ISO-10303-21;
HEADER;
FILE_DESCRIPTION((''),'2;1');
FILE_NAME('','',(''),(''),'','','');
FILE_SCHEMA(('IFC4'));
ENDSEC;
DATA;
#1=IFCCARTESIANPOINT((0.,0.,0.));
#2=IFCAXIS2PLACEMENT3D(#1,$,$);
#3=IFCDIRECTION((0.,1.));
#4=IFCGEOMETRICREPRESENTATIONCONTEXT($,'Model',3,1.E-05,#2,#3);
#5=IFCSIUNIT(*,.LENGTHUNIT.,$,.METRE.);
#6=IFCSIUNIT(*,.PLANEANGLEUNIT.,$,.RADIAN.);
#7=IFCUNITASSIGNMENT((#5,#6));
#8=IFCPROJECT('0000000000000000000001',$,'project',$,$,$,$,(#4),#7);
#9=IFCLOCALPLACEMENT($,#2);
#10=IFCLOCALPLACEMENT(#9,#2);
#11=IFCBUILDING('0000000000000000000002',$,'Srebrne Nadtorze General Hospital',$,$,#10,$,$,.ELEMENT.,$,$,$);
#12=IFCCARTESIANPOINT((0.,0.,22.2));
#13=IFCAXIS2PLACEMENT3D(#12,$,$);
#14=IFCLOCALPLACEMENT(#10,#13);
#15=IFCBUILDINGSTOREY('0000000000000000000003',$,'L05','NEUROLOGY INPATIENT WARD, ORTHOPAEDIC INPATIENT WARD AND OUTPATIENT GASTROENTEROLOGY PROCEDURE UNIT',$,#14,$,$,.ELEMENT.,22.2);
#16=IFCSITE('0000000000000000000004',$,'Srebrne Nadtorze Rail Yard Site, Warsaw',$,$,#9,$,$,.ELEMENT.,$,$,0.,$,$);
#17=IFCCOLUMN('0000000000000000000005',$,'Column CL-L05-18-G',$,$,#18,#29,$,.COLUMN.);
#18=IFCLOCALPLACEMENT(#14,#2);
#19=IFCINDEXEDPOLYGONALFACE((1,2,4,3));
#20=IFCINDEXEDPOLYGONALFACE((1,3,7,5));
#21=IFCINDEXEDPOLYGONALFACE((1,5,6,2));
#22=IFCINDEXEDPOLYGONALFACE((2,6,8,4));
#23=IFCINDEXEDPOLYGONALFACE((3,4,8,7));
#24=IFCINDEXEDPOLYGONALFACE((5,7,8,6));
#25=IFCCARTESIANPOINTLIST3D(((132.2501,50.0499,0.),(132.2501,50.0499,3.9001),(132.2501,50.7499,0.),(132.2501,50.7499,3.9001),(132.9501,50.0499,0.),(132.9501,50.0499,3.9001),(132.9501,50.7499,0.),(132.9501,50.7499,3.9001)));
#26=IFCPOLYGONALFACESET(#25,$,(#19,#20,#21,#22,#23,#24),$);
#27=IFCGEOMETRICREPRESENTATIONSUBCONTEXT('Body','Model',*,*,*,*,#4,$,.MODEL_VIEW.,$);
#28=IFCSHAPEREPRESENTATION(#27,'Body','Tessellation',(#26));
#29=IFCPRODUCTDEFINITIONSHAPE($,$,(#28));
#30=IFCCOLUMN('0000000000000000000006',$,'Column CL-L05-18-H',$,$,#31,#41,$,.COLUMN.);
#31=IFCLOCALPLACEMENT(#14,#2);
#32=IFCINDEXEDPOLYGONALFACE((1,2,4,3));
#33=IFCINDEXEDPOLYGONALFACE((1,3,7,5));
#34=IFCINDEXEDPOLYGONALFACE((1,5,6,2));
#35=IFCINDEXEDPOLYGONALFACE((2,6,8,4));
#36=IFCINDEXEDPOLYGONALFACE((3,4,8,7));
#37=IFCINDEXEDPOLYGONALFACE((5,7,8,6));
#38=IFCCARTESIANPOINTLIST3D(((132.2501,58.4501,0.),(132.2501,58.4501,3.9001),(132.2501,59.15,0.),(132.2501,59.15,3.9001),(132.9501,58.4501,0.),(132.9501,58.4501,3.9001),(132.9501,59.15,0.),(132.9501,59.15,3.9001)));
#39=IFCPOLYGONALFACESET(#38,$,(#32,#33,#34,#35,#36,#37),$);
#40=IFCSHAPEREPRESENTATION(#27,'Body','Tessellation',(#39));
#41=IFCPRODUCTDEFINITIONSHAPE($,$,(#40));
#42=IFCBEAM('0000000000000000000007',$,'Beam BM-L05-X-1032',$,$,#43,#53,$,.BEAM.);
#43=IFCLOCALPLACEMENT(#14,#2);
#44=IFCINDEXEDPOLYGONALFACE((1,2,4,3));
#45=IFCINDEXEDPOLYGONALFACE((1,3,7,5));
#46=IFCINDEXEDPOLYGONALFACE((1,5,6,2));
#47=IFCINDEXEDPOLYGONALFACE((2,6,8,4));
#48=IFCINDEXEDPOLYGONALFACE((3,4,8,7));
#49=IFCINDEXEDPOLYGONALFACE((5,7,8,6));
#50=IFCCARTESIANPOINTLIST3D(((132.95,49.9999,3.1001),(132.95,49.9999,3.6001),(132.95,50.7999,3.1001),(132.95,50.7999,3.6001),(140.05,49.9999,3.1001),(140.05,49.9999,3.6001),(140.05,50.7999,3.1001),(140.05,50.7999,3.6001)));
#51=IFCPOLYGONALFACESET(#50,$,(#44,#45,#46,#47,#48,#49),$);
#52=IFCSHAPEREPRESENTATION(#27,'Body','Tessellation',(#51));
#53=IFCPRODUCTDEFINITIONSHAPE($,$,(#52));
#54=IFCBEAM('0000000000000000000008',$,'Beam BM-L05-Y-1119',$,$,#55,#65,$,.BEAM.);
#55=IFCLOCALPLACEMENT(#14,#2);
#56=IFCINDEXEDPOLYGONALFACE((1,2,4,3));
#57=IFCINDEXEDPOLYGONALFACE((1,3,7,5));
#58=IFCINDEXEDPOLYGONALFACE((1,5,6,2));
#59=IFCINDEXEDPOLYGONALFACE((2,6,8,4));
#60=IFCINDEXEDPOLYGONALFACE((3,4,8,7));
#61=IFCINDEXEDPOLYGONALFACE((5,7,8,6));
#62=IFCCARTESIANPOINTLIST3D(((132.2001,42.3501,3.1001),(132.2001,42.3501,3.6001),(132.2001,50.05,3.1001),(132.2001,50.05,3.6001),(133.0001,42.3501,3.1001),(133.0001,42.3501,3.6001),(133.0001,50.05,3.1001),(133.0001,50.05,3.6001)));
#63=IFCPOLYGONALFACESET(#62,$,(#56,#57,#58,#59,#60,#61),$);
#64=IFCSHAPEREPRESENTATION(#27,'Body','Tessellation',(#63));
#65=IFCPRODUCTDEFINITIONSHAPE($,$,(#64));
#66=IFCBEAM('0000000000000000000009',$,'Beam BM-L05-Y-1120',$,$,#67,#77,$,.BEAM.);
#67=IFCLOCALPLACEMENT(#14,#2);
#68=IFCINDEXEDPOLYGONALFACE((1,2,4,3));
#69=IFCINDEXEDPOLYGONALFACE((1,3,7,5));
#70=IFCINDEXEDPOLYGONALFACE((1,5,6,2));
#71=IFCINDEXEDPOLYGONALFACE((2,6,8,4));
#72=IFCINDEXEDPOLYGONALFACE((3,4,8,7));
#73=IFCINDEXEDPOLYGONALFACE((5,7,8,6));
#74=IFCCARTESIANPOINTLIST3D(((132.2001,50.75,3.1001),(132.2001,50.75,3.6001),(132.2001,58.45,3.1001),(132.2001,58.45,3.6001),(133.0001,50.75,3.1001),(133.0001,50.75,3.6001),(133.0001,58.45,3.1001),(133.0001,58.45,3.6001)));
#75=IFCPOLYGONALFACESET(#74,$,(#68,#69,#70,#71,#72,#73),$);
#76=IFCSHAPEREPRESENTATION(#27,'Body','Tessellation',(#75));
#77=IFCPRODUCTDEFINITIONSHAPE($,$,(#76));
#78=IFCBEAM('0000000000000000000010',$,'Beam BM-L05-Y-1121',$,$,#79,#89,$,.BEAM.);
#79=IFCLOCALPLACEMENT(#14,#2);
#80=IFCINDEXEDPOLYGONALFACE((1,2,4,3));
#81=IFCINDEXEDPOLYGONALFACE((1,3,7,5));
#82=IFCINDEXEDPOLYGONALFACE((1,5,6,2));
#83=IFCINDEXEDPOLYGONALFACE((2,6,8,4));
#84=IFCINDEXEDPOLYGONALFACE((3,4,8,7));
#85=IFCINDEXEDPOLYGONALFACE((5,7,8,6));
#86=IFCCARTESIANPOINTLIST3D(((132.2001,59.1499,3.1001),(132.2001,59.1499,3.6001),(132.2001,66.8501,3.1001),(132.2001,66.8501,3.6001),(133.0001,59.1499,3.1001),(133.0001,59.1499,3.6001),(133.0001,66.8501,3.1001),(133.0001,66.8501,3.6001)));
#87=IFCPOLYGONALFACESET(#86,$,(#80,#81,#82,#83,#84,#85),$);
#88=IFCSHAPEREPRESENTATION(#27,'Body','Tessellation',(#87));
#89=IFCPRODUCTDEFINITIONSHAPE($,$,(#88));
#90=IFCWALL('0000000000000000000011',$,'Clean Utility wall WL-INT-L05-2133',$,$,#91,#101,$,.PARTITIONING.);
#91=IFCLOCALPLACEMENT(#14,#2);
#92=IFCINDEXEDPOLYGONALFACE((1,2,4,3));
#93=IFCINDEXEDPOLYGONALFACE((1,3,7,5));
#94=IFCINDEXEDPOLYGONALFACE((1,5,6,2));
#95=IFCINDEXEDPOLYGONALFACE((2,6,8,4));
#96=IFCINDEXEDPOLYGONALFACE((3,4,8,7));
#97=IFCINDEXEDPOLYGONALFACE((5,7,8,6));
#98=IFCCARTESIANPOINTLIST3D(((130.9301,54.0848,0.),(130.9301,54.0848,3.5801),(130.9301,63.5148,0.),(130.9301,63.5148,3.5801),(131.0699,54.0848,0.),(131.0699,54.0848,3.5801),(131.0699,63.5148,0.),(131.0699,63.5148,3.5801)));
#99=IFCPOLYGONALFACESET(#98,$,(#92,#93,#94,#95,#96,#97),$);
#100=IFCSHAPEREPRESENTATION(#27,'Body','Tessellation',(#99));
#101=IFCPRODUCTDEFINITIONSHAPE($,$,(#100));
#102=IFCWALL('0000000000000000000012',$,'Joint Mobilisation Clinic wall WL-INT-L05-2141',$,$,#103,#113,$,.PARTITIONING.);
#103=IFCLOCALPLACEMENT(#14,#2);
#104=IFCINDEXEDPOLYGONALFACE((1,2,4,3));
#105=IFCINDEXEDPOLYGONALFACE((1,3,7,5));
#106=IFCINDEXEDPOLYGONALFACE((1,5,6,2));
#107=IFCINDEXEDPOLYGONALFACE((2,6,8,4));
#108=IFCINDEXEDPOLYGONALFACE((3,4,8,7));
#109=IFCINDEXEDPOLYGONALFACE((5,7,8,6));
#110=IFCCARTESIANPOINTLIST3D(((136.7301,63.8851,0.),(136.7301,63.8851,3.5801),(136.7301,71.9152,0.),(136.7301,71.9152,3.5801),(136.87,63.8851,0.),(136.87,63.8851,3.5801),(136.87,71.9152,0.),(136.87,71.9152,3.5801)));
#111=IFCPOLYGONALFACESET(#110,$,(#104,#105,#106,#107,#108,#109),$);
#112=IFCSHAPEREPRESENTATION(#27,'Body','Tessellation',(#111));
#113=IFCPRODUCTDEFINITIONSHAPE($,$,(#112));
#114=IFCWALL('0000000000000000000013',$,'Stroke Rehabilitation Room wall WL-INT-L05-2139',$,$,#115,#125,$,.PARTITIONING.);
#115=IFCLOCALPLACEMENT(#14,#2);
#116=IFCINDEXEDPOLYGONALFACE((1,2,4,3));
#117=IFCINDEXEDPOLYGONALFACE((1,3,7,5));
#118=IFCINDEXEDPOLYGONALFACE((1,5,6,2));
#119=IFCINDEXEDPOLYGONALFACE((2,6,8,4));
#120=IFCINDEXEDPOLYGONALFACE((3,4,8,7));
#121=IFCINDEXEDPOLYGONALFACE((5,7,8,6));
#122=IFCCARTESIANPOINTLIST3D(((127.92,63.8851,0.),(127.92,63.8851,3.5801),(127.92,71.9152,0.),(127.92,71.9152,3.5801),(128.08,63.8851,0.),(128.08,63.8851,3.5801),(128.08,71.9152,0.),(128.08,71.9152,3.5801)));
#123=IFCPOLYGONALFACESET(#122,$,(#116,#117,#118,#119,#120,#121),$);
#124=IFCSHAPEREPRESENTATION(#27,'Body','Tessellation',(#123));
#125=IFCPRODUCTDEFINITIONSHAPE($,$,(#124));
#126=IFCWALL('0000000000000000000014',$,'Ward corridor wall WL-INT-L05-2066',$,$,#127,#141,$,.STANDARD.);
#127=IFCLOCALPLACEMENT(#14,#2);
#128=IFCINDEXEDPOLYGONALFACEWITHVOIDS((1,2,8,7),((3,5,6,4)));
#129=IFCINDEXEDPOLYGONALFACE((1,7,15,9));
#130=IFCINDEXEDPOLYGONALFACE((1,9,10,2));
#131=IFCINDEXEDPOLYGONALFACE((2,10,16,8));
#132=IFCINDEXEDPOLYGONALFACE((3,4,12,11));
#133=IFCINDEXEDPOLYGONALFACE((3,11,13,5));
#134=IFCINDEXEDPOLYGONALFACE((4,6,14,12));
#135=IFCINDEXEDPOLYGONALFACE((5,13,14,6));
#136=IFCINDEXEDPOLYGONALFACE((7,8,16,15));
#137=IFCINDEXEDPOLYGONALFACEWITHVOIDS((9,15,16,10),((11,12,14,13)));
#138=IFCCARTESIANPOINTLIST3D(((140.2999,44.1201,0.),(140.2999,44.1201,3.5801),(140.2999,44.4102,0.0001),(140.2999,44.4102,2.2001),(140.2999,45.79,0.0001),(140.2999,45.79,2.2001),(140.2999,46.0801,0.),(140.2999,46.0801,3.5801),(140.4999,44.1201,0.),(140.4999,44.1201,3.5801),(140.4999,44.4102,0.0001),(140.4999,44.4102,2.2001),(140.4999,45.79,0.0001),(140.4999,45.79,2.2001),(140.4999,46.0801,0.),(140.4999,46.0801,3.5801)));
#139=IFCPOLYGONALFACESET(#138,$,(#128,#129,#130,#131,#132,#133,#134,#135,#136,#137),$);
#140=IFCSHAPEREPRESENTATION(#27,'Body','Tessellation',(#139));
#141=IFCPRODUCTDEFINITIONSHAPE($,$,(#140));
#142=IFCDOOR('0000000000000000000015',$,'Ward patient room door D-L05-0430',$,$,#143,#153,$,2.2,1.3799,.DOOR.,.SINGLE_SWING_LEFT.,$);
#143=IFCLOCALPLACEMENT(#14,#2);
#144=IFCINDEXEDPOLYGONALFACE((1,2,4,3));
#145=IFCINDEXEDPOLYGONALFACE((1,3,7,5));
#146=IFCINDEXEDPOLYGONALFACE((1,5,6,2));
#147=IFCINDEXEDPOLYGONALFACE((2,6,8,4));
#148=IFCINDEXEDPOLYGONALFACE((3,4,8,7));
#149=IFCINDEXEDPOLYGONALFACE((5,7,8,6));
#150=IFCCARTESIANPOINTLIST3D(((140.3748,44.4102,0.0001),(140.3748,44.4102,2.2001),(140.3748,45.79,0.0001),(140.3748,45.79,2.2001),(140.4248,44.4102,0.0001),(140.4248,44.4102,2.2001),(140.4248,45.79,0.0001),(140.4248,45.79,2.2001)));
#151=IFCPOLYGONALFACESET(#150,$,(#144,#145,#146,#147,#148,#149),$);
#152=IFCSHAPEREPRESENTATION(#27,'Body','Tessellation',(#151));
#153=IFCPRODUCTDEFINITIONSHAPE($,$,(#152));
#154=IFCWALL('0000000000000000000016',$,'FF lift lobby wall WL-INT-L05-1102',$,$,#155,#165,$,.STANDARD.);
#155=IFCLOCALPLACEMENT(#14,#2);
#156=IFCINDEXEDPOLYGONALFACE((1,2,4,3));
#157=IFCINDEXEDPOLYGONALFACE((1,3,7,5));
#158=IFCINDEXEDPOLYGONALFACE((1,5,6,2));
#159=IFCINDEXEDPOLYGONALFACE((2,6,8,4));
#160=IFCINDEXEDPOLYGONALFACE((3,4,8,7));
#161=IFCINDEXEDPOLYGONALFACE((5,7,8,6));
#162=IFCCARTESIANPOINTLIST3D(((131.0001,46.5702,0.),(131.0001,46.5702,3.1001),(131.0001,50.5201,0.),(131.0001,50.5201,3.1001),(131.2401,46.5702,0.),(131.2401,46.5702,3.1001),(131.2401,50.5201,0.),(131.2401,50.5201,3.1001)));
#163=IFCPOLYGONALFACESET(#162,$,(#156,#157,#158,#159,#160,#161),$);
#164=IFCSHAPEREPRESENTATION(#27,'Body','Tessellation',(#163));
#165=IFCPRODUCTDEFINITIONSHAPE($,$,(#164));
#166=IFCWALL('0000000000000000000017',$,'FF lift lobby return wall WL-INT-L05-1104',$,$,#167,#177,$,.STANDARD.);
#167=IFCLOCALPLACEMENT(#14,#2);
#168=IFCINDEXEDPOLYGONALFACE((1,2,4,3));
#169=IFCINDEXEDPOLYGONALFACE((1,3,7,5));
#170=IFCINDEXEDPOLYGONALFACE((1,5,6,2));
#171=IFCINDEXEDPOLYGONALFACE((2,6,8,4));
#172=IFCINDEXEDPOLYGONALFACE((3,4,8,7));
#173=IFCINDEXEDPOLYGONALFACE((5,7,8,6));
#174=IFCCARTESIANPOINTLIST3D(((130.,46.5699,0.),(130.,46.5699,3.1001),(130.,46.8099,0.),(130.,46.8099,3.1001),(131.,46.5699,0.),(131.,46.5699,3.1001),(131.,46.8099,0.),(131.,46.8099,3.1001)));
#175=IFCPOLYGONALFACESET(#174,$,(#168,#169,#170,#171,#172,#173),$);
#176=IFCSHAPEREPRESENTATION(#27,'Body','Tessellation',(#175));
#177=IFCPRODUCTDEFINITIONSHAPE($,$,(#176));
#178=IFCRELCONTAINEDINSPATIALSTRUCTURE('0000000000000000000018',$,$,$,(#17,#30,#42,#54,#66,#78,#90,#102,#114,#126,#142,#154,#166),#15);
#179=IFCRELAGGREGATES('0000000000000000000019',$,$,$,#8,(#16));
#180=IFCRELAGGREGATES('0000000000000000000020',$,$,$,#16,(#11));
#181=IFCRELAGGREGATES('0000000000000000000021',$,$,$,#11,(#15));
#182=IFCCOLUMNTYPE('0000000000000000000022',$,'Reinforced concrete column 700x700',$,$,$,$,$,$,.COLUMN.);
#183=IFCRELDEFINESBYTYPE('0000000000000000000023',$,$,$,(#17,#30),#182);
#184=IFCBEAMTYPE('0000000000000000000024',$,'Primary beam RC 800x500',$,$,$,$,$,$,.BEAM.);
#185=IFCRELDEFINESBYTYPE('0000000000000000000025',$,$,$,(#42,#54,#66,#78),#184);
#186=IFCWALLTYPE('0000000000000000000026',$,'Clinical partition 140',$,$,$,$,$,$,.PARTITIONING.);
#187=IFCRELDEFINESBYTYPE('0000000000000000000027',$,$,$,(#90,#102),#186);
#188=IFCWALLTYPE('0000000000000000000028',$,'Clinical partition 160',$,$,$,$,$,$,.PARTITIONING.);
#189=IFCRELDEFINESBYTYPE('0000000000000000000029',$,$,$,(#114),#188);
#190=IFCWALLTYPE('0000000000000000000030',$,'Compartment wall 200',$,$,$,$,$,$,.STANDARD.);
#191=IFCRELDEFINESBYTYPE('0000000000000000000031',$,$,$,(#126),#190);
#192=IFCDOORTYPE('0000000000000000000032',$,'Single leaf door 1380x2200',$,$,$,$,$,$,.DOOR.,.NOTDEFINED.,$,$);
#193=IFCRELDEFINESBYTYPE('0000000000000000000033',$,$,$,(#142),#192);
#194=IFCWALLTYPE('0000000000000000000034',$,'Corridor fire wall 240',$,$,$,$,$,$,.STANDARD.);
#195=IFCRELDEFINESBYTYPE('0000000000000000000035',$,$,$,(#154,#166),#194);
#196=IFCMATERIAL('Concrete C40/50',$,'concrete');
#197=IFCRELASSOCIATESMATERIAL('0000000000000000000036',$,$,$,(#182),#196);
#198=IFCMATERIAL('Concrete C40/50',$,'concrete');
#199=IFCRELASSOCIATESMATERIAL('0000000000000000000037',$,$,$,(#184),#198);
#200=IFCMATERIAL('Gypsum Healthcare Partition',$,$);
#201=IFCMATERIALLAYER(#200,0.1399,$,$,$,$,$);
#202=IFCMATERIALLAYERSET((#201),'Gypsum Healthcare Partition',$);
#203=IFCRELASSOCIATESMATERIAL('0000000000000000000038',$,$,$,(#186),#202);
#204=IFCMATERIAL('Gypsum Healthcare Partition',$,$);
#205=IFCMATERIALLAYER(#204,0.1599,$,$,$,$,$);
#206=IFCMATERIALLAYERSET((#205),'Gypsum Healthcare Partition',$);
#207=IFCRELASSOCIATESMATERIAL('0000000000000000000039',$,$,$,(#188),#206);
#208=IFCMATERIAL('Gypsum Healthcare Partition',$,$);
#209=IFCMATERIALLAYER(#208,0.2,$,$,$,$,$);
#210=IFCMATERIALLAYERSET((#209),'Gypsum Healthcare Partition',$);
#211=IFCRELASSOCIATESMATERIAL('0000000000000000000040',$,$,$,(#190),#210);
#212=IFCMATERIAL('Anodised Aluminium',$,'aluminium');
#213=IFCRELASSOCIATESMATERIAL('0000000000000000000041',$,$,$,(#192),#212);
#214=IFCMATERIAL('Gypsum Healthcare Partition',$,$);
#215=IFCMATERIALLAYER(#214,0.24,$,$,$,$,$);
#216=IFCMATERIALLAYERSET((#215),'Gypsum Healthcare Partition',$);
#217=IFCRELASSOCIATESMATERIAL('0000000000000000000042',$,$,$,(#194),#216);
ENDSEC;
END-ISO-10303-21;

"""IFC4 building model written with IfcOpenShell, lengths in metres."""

from ifc_helpers import new_model, si_unit, direction, frame, frame_2d, origin, origin_2d, place, context, subcontext, project, spatial, rectangle, extrude, material, layer, layer_set, material_profile, profile_set, type_object, element, fill, save


model = new_model("IFC4")

# Units and contexts
model_context = context("Model", 3, precision=1e-05, world=origin(), true_north=direction((0.0, 1.0)))
body_context = subcontext(model_context, "Body", "Model", "MODEL_VIEW")
ifc_project = project(units=[si_unit("LENGTHUNIT", "METRE"), si_unit("PLANEANGLEUNIT", "RADIAN")], contexts=[model_context])

# Site, building, storey
site_placement = place(None, origin())
site = spatial("IfcSite", under=ifc_project, at=site_placement, Name="Srebrne Nadtorze Rail Yard Site, Warsaw", CompositionType="ELEMENT", RefElevation=0.0)
building_placement = place(site_placement, origin())
building = spatial("IfcBuilding", under=site, at=building_placement, Name="Srebrne Nadtorze General Hospital", CompositionType="ELEMENT")
storey_placement = place(building_placement, frame((0.0, 0.0, 22.2)))
storey = spatial("IfcBuildingStorey", under=building, at=storey_placement, Name="L05", Description="NEUROLOGY INPATIENT WARD, ORTHOPAEDIC INPATIENT WARD AND OUTPATIENT GASTROENTEROLOGY PROCEDURE UNIT", CompositionType="ELEMENT", Elevation=22.2)

# Columns
ifc_material_1 = material(Name="Concrete C40/50", Category="concrete")
ifc_material_profile_1 = material_profile(ifc_material_1, rectangle(XDim=0.7, YDim=0.7, at=origin_2d()), Name="RC-COL-700x700")
ifc_profile_set_1 = profile_set([ifc_material_profile_1], Name="Concrete C40/50")
column_type = type_object("IfcColumnType", Name="Reinforced concrete column 700x700", PredefinedType="COLUMN", material=ifc_profile_set_1)
for number, where, z_axis, x_axis, name in (
    (1, (132.6001, 50.3999, 0.0), (0.0, 0.0, 1.0), (1.0, 0.0, 0.0), "Column CL-L05-18-G"),
    (2, (132.6001, 58.8, 0.0), (0.0, 0.0, 1.0), (1.0, 0.0, 0.0), "Column CL-L05-18-H"),
):
    element("IfcColumn", number, at=place(storey_placement, frame(where, z_axis=z_axis, x_axis=x_axis)), inside=storey, type_object=column_type, Name=name, PredefinedType="COLUMN", context=body_context, shape_type="SweptSolid", body=[
        extrude(rectangle(XDim=0.7, YDim=0.7, at=origin_2d()), origin(), (0.0, 0.0, 1.0), 3.9001),
    ])

# Beams
ifc_material_2 = material(Name="Concrete C40/50", Category="concrete")
ifc_material_profile_2 = material_profile(ifc_material_2, rectangle(XDim=0.8, YDim=0.5, at=origin_2d()), Name="RC-BM-800x500")
ifc_profile_set_2 = profile_set([ifc_material_profile_2], Name="Concrete C40/50")
beam_type = type_object("IfcBeamType", Name="Primary beam RC 800x500", PredefinedType="BEAM", material=ifc_profile_set_2)
beam_1_placement = place(storey_placement, frame((132.95, 50.3999, 3.3501), z_axis=(1.0, 0.0, 0.0), x_axis=(0.0, 1.0, 0.0)))
element("IfcBeam", 3, at=beam_1_placement, inside=storey, type_object=beam_type, Name="Beam BM-L05-X-1032", PredefinedType="BEAM", context=body_context, shape_type="SweptSolid", body=[
    extrude(rectangle(XDim=0.8, YDim=0.5, at=origin_2d()), origin(), (0.0, 0.0, 1.0), 7.1001),
])
for number, where, z_axis, x_axis, name in (
    (4, (132.6001, 42.3501, 3.3501), (0.0, 1.0, 0.0), (-1.0, 0.0, 0.0), "Beam BM-L05-Y-1119"),
    (5, (132.6001, 50.75, 3.3501), (0.0, 1.0, 0.0), (-1.0, 0.0, 0.0), "Beam BM-L05-Y-1120"),
):
    element("IfcBeam", number, at=place(storey_placement, frame(where, z_axis=z_axis, x_axis=x_axis)), inside=storey, type_object=beam_type, Name=name, PredefinedType="BEAM", context=body_context, shape_type="SweptSolid", body=[
        extrude(rectangle(XDim=0.8, YDim=0.5, at=origin_2d()), origin(), (0.0, 0.0, 1.0), 7.7),
    ])
beam_2_placement = place(storey_placement, frame((132.6001, 59.1499, 3.3501), z_axis=(0.0, 1.0, 0.0), x_axis=(-1.0, 0.0, 0.0)))
element("IfcBeam", 6, at=beam_2_placement, inside=storey, type_object=beam_type, Name="Beam BM-L05-Y-1121", PredefinedType="BEAM", context=body_context, shape_type="SweptSolid", body=[
    extrude(rectangle(XDim=0.8, YDim=0.5, at=origin_2d()), origin(), (0.0, 0.0, 1.0), 7.7002),
])

# Walls
ifc_material_3 = material(Name="Gypsum Healthcare Partition")
ifc_layer_1 = layer(ifc_material_3, 0.1399)
ifc_layer_set_1 = layer_set([ifc_layer_1], Name="Gypsum Healthcare Partition")
wall_type_1 = type_object("IfcWallType", Name="Clinical partition 140", PredefinedType="PARTITIONING", material=ifc_layer_set_1)
wall_1_placement = place(storey_placement, frame((131.0, 54.085, 0.0), z_axis=(0.0, 0.0, 1.0), x_axis=(0.0, 1.0, 0.0)))
element("IfcWall", 7, at=wall_1_placement, inside=storey, type_object=wall_type_1, Name="Clean Utility wall WL-INT-L05-2133", PredefinedType="PARTITIONING", context=body_context, shape_type="SweptSolid", body=[
    extrude(rectangle(XDim=9.4299, YDim=0.1399, at=frame_2d((4.7148, 0.0))), origin(), (0.0, 0.0, 1.0), 3.5801),
])
wall_2_placement = place(storey_placement, frame((136.8, 63.885, 0.0), z_axis=(0.0, 0.0, 1.0), x_axis=(0.0, 1.0, 0.0)))
element("IfcWall", 8, at=wall_2_placement, inside=storey, type_object=wall_type_1, Name="Joint Mobilisation Clinic wall WL-INT-L05-2141", PredefinedType="PARTITIONING", context=body_context, shape_type="SweptSolid", body=[
    extrude(rectangle(XDim=8.03, YDim=0.1399, at=frame_2d((4.0151, 0.0))), origin(), (0.0, 0.0, 1.0), 3.5801),
])
ifc_material_4 = material(Name="Gypsum Healthcare Partition")
ifc_layer_2 = layer(ifc_material_4, 0.1599)
ifc_layer_set_2 = layer_set([ifc_layer_2], Name="Gypsum Healthcare Partition")
wall_type_2 = type_object("IfcWallType", Name="Clinical partition 160", PredefinedType="PARTITIONING", material=ifc_layer_set_2)
wall_3_placement = place(storey_placement, frame((128.0, 63.885, 0.0), z_axis=(0.0, 0.0, 1.0), x_axis=(0.0, 1.0, 0.0)))
element("IfcWall", 9, at=wall_3_placement, inside=storey, type_object=wall_type_2, Name="Stroke Rehabilitation Room wall WL-INT-L05-2139", PredefinedType="PARTITIONING", context=body_context, shape_type="SweptSolid", body=[
    extrude(rectangle(XDim=8.03, YDim=0.1599, at=frame_2d((4.0151, 0.0))), origin(), (0.0, 0.0, 1.0), 3.5801),
])

# Wall, opening, door
ifc_material_5 = material(Name="Gypsum Healthcare Partition")
ifc_layer_3 = layer(ifc_material_5, 0.2)
ifc_layer_set_3 = layer_set([ifc_layer_3], Name="Gypsum Healthcare Partition")
wall_type_3 = type_object("IfcWallType", Name="Compartment wall 200", PredefinedType="STANDARD", material=ifc_layer_set_3)
wall_4_placement = place(storey_placement, frame((140.3999, 44.1201, 0.0), z_axis=(0.0, 0.0, 1.0), x_axis=(0.0, 1.0, 0.0)))
wall_4 = element("IfcWall", 10, at=wall_4_placement, inside=storey, type_object=wall_type_3, Name="Ward corridor wall WL-INT-L05-2066", PredefinedType="STANDARD", context=body_context, shape_type="SweptSolid", body=[
    extrude(rectangle(XDim=1.96, YDim=0.2, at=frame_2d((0.98, 0.0))), origin(), (0.0, 0.0, 1.0), 3.5801),
])
opening_1_placement = place(wall_4_placement, frame((0.29, 0.0, 0.0)))
opening_1 = element("IfcOpeningElement", 11, at=opening_1_placement, cuts=wall_4, PredefinedType="OPENING", context=body_context, shape_type="SweptSolid", body=[
    extrude(rectangle(XDim=1.3799, YDim=2.2, at=frame_2d((0.6899, 1.1001))), frame((0.0, 0.1118, 0.0), z_axis=(0.0, -1.0, 0.0), x_axis=(1.0, 0.0, 0.0)), (0.0, 0.0, 1.0), 0.2239),
])
ifc_material_6 = material(Name="Anodised Aluminium", Category="aluminium")
door_type_1 = type_object("IfcDoorType", Name="Single leaf door 1380x2200", OperationType="NOTDEFINED", PredefinedType="DOOR", material=ifc_material_6)
door_1_placement = place(opening_1_placement, frame((1.3799, 0.0, 0.0), z_axis=(0.0, 0.0, 1.0), x_axis=(-1.0, 0.0, 0.0)))
door_1 = element("IfcDoor", 12, at=door_1_placement, inside=storey, type_object=door_type_1, Name="Ward patient room door D-L05-0430", OperationType="SINGLE_SWING_LEFT", OverallHeight=2.2, OverallWidth=1.3799, PredefinedType="DOOR", context=body_context, shape_type="SweptSolid", body=[
    extrude(rectangle(XDim=1.3799, YDim=2.2, at=frame_2d((0.6899, 1.1001))), frame((0.0, 0.0249, 0.0), z_axis=(0.0, -1.0, 0.0), x_axis=(1.0, 0.0, 0.0)), (0.0, 0.0, 1.0), 0.05),
])
fill(opening_1, door_1)

# Walls
ifc_material_7 = material(Name="Gypsum Healthcare Partition")
ifc_layer_4 = layer(ifc_material_7, 0.24)
ifc_layer_set_4 = layer_set([ifc_layer_4], Name="Gypsum Healthcare Partition")
wall_type_4 = type_object("IfcWallType", Name="Corridor fire wall 240", PredefinedType="STANDARD", material=ifc_layer_set_4)
wall_5_placement = place(storey_placement, frame((131.1201, 46.5701, 0.0), z_axis=(0.0, 0.0, 1.0), x_axis=(0.0, 1.0, 0.0)))
element("IfcWall", 13, at=wall_5_placement, inside=storey, type_object=wall_type_4, Name="FF lift lobby wall WL-INT-L05-1102", PredefinedType="STANDARD", context=body_context, shape_type="SweptSolid", body=[
    extrude(rectangle(XDim=3.95, YDim=0.24, at=frame_2d((1.9751, 0.0))), origin(), (0.0, 0.0, 1.0), 3.1001),
])
wall_6_placement = place(storey_placement, frame((130.0, 46.6899, 0.0), z_axis=(0.0, 0.0, 1.0), x_axis=(1.0, 0.0, 0.0)))
element("IfcWall", 14, at=wall_6_placement, inside=storey, type_object=wall_type_4, Name="FF lift lobby return wall WL-INT-L05-1104", PredefinedType="STANDARD", context=body_context, shape_type="SweptSolid", body=[
    extrude(rectangle(XDim=1.0, YDim=0.24, at=frame_2d((0.5, 0.0))), origin(), (0.0, 0.0, 1.0), 3.1001),
])

save(model, "model.ifc")
